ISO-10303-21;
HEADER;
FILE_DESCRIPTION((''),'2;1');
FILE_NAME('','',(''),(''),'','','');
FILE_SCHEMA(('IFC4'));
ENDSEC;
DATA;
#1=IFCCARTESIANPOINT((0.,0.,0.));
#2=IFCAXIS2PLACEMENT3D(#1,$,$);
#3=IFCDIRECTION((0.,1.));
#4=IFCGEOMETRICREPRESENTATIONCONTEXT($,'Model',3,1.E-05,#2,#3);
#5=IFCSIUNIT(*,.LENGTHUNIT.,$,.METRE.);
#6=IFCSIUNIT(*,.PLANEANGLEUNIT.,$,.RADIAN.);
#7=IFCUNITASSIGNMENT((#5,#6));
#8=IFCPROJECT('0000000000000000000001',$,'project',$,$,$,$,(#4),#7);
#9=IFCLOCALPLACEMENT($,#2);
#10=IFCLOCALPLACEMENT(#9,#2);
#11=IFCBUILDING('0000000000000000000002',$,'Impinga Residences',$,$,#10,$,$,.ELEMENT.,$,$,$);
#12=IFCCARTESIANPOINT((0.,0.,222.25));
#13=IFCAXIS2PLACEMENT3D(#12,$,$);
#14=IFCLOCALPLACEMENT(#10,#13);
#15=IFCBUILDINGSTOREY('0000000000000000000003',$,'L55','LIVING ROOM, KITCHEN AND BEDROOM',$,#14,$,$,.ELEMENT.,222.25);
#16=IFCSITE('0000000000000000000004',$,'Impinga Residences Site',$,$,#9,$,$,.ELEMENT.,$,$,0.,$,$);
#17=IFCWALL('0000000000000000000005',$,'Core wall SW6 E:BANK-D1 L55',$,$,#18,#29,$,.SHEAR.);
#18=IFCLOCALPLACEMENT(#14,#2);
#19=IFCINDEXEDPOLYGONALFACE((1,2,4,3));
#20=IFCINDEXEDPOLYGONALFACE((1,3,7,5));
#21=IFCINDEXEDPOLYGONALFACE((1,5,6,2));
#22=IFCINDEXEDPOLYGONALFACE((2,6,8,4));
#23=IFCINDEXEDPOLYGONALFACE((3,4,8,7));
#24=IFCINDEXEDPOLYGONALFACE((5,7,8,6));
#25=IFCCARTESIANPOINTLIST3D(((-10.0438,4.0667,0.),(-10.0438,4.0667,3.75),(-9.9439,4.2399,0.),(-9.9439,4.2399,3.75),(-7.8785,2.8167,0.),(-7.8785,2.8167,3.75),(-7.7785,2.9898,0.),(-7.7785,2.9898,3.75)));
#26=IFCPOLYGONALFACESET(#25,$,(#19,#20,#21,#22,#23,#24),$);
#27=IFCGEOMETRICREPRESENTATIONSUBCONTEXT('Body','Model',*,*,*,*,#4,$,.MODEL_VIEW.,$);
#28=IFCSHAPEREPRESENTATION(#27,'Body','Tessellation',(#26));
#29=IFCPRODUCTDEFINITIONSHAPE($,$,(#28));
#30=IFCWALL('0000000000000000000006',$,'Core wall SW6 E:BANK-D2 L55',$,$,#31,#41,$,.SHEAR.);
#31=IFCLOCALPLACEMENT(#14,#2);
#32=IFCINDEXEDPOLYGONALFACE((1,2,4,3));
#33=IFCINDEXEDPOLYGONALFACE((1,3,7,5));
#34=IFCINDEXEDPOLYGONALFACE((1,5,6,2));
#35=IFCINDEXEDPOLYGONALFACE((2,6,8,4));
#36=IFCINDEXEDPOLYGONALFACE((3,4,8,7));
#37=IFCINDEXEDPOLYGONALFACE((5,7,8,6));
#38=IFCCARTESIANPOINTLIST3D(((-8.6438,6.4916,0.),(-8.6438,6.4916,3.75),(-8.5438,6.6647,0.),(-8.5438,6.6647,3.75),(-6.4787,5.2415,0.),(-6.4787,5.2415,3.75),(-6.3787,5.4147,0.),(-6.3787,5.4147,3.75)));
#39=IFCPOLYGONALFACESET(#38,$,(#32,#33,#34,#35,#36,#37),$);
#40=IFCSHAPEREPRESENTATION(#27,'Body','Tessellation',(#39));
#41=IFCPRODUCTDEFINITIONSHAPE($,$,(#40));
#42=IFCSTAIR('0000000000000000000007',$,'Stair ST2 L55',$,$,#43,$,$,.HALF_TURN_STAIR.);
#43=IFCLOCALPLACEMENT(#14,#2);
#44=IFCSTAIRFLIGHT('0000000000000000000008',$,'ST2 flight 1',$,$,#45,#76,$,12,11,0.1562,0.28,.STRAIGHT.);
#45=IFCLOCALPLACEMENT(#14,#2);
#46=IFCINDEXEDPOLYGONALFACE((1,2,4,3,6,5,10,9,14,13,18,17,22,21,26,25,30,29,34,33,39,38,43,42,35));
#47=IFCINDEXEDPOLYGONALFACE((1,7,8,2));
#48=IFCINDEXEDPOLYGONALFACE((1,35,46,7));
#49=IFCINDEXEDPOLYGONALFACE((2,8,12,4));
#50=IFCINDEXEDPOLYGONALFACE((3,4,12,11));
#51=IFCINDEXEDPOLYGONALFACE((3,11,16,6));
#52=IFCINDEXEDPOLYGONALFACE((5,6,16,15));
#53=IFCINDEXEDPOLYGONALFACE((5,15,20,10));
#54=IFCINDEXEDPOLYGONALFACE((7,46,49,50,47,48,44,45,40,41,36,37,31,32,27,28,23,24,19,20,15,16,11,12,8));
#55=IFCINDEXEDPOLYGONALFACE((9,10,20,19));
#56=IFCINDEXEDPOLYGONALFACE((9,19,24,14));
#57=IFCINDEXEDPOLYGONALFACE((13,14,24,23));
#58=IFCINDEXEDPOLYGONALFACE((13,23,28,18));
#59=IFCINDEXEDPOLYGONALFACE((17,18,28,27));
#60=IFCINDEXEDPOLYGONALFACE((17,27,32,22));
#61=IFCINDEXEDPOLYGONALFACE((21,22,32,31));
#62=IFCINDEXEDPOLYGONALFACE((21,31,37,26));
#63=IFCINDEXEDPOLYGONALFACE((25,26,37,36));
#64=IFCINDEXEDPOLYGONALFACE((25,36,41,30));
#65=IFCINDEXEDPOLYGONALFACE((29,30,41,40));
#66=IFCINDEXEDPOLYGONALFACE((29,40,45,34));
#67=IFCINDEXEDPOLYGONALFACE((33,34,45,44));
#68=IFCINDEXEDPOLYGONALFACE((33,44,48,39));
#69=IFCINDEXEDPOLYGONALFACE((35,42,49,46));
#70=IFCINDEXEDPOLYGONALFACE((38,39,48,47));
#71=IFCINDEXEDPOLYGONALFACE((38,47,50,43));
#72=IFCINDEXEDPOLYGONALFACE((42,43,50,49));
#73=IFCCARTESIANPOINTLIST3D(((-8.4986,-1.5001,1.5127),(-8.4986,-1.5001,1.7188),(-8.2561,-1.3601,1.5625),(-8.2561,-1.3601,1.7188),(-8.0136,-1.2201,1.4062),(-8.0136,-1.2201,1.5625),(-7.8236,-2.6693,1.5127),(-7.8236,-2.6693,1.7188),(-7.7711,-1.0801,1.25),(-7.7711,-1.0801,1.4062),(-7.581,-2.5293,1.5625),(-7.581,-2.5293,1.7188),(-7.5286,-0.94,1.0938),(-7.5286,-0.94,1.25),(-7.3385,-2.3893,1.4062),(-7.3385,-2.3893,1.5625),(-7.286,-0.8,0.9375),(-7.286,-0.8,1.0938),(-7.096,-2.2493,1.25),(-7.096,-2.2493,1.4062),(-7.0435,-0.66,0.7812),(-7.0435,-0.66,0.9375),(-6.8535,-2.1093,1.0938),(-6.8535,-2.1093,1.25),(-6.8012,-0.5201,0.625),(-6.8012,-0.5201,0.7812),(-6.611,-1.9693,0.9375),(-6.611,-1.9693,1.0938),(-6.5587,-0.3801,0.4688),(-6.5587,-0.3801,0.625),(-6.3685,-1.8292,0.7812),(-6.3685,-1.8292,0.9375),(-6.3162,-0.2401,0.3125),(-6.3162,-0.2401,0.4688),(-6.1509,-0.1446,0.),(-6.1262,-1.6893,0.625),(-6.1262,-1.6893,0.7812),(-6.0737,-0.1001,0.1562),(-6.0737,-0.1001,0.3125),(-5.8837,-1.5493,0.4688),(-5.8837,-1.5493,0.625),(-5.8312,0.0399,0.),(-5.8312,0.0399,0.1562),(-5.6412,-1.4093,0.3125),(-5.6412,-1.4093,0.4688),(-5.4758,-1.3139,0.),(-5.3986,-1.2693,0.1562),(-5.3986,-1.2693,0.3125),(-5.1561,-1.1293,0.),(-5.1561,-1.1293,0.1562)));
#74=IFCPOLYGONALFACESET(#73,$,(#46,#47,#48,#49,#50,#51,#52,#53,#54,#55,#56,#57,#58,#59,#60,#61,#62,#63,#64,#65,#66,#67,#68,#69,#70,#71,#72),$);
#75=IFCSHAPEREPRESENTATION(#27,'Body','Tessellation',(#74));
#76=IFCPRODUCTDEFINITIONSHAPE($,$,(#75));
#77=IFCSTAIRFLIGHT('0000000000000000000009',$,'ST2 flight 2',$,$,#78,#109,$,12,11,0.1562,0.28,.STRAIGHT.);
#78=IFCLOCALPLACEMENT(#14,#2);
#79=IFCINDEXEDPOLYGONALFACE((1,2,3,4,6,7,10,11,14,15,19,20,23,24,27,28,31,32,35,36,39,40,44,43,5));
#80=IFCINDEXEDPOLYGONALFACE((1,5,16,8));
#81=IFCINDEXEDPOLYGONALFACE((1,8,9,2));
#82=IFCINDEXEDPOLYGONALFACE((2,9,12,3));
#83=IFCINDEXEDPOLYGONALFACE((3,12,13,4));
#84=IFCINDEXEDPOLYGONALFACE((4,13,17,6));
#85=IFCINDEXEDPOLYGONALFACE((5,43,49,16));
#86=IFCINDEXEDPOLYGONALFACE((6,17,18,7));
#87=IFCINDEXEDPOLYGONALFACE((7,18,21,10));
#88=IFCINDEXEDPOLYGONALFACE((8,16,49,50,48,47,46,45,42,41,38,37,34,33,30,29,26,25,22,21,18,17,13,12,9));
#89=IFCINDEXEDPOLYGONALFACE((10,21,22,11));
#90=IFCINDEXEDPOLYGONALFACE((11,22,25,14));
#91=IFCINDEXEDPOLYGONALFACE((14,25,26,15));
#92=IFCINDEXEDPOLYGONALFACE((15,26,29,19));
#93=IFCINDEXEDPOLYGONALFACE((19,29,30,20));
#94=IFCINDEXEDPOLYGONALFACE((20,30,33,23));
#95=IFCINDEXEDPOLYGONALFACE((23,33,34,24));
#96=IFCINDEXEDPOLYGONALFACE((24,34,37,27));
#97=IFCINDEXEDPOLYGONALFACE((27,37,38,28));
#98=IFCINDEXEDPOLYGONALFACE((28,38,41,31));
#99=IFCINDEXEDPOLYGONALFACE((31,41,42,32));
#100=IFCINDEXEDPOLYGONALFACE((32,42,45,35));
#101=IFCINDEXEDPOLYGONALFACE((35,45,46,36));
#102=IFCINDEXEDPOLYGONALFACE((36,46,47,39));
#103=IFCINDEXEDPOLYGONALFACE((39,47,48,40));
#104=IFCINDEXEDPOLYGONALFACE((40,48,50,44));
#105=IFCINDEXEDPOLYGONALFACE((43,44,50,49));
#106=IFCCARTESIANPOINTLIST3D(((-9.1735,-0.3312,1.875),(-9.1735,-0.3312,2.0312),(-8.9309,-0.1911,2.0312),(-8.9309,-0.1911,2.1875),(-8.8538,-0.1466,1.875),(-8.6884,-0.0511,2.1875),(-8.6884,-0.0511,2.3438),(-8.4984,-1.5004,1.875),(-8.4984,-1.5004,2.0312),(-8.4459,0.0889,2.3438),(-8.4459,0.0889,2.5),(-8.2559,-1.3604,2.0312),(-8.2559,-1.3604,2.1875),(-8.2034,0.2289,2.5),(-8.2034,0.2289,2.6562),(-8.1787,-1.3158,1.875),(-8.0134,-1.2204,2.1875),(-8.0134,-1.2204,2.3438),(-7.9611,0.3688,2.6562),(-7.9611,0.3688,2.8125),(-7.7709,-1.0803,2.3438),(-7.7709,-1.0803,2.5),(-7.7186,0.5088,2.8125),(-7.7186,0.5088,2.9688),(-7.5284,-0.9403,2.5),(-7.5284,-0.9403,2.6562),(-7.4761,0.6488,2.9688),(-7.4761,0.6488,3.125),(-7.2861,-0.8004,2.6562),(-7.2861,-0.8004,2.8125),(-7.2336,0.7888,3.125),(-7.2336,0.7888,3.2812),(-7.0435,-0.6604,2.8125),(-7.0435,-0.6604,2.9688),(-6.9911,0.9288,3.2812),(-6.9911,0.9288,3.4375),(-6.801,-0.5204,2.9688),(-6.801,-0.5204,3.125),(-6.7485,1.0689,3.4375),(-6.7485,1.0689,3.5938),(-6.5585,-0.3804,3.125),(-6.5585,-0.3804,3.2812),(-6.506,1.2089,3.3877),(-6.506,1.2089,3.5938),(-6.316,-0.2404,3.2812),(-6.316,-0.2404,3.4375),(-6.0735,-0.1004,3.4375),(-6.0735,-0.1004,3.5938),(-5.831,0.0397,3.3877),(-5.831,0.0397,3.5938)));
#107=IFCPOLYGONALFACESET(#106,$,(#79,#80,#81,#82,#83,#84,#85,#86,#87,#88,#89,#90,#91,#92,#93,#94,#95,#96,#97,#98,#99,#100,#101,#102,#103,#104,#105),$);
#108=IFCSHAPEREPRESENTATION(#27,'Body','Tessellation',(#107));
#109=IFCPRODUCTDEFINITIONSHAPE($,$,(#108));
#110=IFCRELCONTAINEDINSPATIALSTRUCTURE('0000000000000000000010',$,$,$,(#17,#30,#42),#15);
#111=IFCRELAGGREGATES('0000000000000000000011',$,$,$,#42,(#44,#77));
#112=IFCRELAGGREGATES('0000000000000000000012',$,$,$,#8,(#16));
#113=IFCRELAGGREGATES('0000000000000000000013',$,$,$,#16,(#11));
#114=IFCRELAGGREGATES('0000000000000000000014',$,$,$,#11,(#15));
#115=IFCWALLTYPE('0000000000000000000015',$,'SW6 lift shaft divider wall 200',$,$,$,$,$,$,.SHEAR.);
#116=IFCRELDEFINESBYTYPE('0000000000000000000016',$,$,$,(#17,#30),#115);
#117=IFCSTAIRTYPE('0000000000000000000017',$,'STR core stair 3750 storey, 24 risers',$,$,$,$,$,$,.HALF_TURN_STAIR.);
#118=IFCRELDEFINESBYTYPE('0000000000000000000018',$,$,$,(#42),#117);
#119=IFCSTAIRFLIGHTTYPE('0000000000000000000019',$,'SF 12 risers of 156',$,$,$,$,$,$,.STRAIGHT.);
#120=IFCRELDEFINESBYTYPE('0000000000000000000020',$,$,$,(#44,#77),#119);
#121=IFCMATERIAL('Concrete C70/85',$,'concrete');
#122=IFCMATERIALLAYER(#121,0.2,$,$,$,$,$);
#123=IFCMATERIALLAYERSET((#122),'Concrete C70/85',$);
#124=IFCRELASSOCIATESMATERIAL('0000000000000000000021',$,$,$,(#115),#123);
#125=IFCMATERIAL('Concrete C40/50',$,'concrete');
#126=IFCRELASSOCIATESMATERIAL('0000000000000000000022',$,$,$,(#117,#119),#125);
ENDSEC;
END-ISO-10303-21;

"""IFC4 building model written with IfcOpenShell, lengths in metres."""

from ifc_helpers import new_model, si_unit, direction, frame, frame_2d, origin, place, context, subcontext, project, spatial, polyline, rectangle, outline, extrude, material, layer, layer_set, type_object, element, aggregate, save


model = new_model("IFC4")

# Units and contexts
model_context = context("Model", 3, precision=1e-05, world=origin(), true_north=direction((0.0, 1.0)))
body_context = subcontext(model_context, "Body", "Model", "MODEL_VIEW")
ifc_project = project(units=[si_unit("LENGTHUNIT", "METRE"), si_unit("PLANEANGLEUNIT", "RADIAN")], contexts=[model_context])

# Site, building, storey
site_placement = place(None, origin())
site = spatial("IfcSite", under=ifc_project, at=site_placement, Name="Impinga Residences Site", CompositionType="ELEMENT", RefElevation=0.0)
building_placement = place(site_placement, origin())
building = spatial("IfcBuilding", under=site, at=building_placement, Name="Impinga Residences", CompositionType="ELEMENT")
storey_placement = place(building_placement, frame((0.0, 0.0, 222.25)))
storey = spatial("IfcBuildingStorey", under=building, at=storey_placement, Name="L55", Description="LIVING ROOM, KITCHEN AND BEDROOM", CompositionType="ELEMENT", Elevation=222.25)

# Shared definitions
ifc_material_1 = material(Name="Concrete C70/85", Category="concrete")

# Walls
ifc_layer_1 = layer(ifc_material_1, 0.2)
ifc_layer_set_1 = layer_set([ifc_layer_1], Name="Concrete C70/85")
wall_type_1 = type_object("IfcWallType", Name="SW6 lift shaft divider wall 200", PredefinedType="SHEAR", material=ifc_layer_set_1)
wall_1_placement = place(storey_placement, frame((-7.8286, 2.9033, 0.0), z_axis=(0.0, 0.0, 1.0), x_axis=(-0.866047, 0.499962, 0.0)))
element("IfcWall", 1, at=wall_1_placement, inside=storey, type_object=wall_type_1, Name="Core wall SW6 E:BANK-D1 L55", PredefinedType="SHEAR", context=body_context, shape_type="SweptSolid", body=[
    extrude(rectangle(XDim=2.5002, YDim=0.2, at=frame_2d((1.25, 0.0))), origin(), (0.0, 0.0, 1.0), 3.75),
])
wall_2_placement = place(storey_placement, frame((-6.4287, 5.3281, 0.0), z_axis=(0.0, 0.0, 1.0), x_axis=(-0.866023, 0.500004, 0.0)))
element("IfcWall", 2, at=wall_2_placement, inside=storey, type_object=wall_type_1, Name="Core wall SW6 E:BANK-D2 L55", PredefinedType="SHEAR", context=body_context, shape_type="SweptSolid", body=[
    extrude(rectangle(XDim=2.5, YDim=0.2, at=frame_2d((1.25, 0.0))), origin(), (0.0, 0.0, 1.0), 3.75),
])

# Stair, stair flights
ifc_material_2 = material(Name="Concrete C40/50", Category="concrete")
stair_type = type_object("IfcStairType", Name="STR core stair 3750 storey, 24 risers", PredefinedType="HALF_TURN_STAIR", material=ifc_material_2)
stair_placement = place(storey_placement, origin())
stair = element("IfcStair", 3, at=stair_placement, inside=storey, type_object=stair_type, Name="Stair ST2 L55", PredefinedType="HALF_TURN_STAIR")
stair_flight_type = type_object("IfcStairFlightType", Name="SF 12 risers of 156", PredefinedType="STRAIGHT", material=ifc_material_2)
stair_flight_1_placement = place(storey_placement, frame((-5.4937, -0.5447, 0.0), z_axis=(0.0, 0.0, 1.0), x_axis=(-0.866025, -0.5, 0.0)))
stair_flight_1 = element("IfcStairFlight", 4, at=stair_flight_1_placement, type_object=stair_flight_type, Name="ST2 flight 1", NumberOfRisers=12, NumberOfTreads=11, PredefinedType="STRAIGHT", RiserHeight=0.1562, TreadLength=0.28, context=body_context, shape_type="SweptSolid", body=[
    extrude(outline(polyline([(0.0, 0.0), (0.0, 0.1562), (0.28, 0.1562), (0.28, 0.3125), (0.5601, 0.3125), (0.5601, 0.4688), (0.8401, 0.4688), (0.8401, 0.625), (1.1201, 0.625), (1.1201, 0.7812), (1.3999, 0.7812), (1.3999, 0.9375), (1.6799, 0.9375), (1.6799, 1.0938), (1.96, 1.0938), (1.96, 1.25), (2.24, 1.25), (2.24, 1.4062), (2.52, 1.4062), (2.52, 1.5625), (2.8, 1.5625), (2.8, 1.7188), (3.0801, 1.7188), (3.0801, 1.875), (3.0801, 1.5127), (0.3691, 0.0), (0.0, 0.0)])), frame((0.0, 0.675, 0.0), z_axis=(0.0, -1.0, 0.0), x_axis=(1.0, 0.0, 0.0)), (0.0, 0.0, 1.0), 1.3501),
])
stair_flight_2_placement = place(storey_placement, frame((-8.8359, -0.9158, 1.875), z_axis=(0.0, 0.0, 1.0), x_axis=(0.866025, 0.5, 0.0)))
stair_flight_2 = element("IfcStairFlight", 5, at=stair_flight_2_placement, type_object=stair_flight_type, Name="ST2 flight 2", NumberOfRisers=12, NumberOfTreads=11, PredefinedType="STRAIGHT", RiserHeight=0.1562, TreadLength=0.28, context=body_context, shape_type="SweptSolid", body=[
    extrude(outline(polyline([(0.0, 0.0), (0.0, 0.1562), (0.28, 0.1562), (0.28, 0.3125), (0.5601, 0.3125), (0.5601, 0.4688), (0.8401, 0.4688), (0.8401, 0.625), (1.1201, 0.625), (1.1201, 0.7812), (1.3999, 0.7812), (1.3999, 0.9375), (1.6799, 0.9375), (1.6799, 1.0938), (1.96, 1.0938), (1.96, 1.25), (2.24, 1.25), (2.24, 1.4062), (2.52, 1.4062), (2.52, 1.5625), (2.8, 1.5625), (2.8, 1.7188), (3.0801, 1.7188), (3.0801, 1.875), (3.0801, 1.5127), (0.3691, 0.0), (0.0, 0.0)])), frame((0.0, 0.675, 0.0), z_axis=(0.0, -1.0, 0.0), x_axis=(1.0, 0.0, 0.0)), (0.0, 0.0, 1.0), 1.3501),
])
aggregate(stair, [stair_flight_1, stair_flight_2])

save(model, "model.ifc")
